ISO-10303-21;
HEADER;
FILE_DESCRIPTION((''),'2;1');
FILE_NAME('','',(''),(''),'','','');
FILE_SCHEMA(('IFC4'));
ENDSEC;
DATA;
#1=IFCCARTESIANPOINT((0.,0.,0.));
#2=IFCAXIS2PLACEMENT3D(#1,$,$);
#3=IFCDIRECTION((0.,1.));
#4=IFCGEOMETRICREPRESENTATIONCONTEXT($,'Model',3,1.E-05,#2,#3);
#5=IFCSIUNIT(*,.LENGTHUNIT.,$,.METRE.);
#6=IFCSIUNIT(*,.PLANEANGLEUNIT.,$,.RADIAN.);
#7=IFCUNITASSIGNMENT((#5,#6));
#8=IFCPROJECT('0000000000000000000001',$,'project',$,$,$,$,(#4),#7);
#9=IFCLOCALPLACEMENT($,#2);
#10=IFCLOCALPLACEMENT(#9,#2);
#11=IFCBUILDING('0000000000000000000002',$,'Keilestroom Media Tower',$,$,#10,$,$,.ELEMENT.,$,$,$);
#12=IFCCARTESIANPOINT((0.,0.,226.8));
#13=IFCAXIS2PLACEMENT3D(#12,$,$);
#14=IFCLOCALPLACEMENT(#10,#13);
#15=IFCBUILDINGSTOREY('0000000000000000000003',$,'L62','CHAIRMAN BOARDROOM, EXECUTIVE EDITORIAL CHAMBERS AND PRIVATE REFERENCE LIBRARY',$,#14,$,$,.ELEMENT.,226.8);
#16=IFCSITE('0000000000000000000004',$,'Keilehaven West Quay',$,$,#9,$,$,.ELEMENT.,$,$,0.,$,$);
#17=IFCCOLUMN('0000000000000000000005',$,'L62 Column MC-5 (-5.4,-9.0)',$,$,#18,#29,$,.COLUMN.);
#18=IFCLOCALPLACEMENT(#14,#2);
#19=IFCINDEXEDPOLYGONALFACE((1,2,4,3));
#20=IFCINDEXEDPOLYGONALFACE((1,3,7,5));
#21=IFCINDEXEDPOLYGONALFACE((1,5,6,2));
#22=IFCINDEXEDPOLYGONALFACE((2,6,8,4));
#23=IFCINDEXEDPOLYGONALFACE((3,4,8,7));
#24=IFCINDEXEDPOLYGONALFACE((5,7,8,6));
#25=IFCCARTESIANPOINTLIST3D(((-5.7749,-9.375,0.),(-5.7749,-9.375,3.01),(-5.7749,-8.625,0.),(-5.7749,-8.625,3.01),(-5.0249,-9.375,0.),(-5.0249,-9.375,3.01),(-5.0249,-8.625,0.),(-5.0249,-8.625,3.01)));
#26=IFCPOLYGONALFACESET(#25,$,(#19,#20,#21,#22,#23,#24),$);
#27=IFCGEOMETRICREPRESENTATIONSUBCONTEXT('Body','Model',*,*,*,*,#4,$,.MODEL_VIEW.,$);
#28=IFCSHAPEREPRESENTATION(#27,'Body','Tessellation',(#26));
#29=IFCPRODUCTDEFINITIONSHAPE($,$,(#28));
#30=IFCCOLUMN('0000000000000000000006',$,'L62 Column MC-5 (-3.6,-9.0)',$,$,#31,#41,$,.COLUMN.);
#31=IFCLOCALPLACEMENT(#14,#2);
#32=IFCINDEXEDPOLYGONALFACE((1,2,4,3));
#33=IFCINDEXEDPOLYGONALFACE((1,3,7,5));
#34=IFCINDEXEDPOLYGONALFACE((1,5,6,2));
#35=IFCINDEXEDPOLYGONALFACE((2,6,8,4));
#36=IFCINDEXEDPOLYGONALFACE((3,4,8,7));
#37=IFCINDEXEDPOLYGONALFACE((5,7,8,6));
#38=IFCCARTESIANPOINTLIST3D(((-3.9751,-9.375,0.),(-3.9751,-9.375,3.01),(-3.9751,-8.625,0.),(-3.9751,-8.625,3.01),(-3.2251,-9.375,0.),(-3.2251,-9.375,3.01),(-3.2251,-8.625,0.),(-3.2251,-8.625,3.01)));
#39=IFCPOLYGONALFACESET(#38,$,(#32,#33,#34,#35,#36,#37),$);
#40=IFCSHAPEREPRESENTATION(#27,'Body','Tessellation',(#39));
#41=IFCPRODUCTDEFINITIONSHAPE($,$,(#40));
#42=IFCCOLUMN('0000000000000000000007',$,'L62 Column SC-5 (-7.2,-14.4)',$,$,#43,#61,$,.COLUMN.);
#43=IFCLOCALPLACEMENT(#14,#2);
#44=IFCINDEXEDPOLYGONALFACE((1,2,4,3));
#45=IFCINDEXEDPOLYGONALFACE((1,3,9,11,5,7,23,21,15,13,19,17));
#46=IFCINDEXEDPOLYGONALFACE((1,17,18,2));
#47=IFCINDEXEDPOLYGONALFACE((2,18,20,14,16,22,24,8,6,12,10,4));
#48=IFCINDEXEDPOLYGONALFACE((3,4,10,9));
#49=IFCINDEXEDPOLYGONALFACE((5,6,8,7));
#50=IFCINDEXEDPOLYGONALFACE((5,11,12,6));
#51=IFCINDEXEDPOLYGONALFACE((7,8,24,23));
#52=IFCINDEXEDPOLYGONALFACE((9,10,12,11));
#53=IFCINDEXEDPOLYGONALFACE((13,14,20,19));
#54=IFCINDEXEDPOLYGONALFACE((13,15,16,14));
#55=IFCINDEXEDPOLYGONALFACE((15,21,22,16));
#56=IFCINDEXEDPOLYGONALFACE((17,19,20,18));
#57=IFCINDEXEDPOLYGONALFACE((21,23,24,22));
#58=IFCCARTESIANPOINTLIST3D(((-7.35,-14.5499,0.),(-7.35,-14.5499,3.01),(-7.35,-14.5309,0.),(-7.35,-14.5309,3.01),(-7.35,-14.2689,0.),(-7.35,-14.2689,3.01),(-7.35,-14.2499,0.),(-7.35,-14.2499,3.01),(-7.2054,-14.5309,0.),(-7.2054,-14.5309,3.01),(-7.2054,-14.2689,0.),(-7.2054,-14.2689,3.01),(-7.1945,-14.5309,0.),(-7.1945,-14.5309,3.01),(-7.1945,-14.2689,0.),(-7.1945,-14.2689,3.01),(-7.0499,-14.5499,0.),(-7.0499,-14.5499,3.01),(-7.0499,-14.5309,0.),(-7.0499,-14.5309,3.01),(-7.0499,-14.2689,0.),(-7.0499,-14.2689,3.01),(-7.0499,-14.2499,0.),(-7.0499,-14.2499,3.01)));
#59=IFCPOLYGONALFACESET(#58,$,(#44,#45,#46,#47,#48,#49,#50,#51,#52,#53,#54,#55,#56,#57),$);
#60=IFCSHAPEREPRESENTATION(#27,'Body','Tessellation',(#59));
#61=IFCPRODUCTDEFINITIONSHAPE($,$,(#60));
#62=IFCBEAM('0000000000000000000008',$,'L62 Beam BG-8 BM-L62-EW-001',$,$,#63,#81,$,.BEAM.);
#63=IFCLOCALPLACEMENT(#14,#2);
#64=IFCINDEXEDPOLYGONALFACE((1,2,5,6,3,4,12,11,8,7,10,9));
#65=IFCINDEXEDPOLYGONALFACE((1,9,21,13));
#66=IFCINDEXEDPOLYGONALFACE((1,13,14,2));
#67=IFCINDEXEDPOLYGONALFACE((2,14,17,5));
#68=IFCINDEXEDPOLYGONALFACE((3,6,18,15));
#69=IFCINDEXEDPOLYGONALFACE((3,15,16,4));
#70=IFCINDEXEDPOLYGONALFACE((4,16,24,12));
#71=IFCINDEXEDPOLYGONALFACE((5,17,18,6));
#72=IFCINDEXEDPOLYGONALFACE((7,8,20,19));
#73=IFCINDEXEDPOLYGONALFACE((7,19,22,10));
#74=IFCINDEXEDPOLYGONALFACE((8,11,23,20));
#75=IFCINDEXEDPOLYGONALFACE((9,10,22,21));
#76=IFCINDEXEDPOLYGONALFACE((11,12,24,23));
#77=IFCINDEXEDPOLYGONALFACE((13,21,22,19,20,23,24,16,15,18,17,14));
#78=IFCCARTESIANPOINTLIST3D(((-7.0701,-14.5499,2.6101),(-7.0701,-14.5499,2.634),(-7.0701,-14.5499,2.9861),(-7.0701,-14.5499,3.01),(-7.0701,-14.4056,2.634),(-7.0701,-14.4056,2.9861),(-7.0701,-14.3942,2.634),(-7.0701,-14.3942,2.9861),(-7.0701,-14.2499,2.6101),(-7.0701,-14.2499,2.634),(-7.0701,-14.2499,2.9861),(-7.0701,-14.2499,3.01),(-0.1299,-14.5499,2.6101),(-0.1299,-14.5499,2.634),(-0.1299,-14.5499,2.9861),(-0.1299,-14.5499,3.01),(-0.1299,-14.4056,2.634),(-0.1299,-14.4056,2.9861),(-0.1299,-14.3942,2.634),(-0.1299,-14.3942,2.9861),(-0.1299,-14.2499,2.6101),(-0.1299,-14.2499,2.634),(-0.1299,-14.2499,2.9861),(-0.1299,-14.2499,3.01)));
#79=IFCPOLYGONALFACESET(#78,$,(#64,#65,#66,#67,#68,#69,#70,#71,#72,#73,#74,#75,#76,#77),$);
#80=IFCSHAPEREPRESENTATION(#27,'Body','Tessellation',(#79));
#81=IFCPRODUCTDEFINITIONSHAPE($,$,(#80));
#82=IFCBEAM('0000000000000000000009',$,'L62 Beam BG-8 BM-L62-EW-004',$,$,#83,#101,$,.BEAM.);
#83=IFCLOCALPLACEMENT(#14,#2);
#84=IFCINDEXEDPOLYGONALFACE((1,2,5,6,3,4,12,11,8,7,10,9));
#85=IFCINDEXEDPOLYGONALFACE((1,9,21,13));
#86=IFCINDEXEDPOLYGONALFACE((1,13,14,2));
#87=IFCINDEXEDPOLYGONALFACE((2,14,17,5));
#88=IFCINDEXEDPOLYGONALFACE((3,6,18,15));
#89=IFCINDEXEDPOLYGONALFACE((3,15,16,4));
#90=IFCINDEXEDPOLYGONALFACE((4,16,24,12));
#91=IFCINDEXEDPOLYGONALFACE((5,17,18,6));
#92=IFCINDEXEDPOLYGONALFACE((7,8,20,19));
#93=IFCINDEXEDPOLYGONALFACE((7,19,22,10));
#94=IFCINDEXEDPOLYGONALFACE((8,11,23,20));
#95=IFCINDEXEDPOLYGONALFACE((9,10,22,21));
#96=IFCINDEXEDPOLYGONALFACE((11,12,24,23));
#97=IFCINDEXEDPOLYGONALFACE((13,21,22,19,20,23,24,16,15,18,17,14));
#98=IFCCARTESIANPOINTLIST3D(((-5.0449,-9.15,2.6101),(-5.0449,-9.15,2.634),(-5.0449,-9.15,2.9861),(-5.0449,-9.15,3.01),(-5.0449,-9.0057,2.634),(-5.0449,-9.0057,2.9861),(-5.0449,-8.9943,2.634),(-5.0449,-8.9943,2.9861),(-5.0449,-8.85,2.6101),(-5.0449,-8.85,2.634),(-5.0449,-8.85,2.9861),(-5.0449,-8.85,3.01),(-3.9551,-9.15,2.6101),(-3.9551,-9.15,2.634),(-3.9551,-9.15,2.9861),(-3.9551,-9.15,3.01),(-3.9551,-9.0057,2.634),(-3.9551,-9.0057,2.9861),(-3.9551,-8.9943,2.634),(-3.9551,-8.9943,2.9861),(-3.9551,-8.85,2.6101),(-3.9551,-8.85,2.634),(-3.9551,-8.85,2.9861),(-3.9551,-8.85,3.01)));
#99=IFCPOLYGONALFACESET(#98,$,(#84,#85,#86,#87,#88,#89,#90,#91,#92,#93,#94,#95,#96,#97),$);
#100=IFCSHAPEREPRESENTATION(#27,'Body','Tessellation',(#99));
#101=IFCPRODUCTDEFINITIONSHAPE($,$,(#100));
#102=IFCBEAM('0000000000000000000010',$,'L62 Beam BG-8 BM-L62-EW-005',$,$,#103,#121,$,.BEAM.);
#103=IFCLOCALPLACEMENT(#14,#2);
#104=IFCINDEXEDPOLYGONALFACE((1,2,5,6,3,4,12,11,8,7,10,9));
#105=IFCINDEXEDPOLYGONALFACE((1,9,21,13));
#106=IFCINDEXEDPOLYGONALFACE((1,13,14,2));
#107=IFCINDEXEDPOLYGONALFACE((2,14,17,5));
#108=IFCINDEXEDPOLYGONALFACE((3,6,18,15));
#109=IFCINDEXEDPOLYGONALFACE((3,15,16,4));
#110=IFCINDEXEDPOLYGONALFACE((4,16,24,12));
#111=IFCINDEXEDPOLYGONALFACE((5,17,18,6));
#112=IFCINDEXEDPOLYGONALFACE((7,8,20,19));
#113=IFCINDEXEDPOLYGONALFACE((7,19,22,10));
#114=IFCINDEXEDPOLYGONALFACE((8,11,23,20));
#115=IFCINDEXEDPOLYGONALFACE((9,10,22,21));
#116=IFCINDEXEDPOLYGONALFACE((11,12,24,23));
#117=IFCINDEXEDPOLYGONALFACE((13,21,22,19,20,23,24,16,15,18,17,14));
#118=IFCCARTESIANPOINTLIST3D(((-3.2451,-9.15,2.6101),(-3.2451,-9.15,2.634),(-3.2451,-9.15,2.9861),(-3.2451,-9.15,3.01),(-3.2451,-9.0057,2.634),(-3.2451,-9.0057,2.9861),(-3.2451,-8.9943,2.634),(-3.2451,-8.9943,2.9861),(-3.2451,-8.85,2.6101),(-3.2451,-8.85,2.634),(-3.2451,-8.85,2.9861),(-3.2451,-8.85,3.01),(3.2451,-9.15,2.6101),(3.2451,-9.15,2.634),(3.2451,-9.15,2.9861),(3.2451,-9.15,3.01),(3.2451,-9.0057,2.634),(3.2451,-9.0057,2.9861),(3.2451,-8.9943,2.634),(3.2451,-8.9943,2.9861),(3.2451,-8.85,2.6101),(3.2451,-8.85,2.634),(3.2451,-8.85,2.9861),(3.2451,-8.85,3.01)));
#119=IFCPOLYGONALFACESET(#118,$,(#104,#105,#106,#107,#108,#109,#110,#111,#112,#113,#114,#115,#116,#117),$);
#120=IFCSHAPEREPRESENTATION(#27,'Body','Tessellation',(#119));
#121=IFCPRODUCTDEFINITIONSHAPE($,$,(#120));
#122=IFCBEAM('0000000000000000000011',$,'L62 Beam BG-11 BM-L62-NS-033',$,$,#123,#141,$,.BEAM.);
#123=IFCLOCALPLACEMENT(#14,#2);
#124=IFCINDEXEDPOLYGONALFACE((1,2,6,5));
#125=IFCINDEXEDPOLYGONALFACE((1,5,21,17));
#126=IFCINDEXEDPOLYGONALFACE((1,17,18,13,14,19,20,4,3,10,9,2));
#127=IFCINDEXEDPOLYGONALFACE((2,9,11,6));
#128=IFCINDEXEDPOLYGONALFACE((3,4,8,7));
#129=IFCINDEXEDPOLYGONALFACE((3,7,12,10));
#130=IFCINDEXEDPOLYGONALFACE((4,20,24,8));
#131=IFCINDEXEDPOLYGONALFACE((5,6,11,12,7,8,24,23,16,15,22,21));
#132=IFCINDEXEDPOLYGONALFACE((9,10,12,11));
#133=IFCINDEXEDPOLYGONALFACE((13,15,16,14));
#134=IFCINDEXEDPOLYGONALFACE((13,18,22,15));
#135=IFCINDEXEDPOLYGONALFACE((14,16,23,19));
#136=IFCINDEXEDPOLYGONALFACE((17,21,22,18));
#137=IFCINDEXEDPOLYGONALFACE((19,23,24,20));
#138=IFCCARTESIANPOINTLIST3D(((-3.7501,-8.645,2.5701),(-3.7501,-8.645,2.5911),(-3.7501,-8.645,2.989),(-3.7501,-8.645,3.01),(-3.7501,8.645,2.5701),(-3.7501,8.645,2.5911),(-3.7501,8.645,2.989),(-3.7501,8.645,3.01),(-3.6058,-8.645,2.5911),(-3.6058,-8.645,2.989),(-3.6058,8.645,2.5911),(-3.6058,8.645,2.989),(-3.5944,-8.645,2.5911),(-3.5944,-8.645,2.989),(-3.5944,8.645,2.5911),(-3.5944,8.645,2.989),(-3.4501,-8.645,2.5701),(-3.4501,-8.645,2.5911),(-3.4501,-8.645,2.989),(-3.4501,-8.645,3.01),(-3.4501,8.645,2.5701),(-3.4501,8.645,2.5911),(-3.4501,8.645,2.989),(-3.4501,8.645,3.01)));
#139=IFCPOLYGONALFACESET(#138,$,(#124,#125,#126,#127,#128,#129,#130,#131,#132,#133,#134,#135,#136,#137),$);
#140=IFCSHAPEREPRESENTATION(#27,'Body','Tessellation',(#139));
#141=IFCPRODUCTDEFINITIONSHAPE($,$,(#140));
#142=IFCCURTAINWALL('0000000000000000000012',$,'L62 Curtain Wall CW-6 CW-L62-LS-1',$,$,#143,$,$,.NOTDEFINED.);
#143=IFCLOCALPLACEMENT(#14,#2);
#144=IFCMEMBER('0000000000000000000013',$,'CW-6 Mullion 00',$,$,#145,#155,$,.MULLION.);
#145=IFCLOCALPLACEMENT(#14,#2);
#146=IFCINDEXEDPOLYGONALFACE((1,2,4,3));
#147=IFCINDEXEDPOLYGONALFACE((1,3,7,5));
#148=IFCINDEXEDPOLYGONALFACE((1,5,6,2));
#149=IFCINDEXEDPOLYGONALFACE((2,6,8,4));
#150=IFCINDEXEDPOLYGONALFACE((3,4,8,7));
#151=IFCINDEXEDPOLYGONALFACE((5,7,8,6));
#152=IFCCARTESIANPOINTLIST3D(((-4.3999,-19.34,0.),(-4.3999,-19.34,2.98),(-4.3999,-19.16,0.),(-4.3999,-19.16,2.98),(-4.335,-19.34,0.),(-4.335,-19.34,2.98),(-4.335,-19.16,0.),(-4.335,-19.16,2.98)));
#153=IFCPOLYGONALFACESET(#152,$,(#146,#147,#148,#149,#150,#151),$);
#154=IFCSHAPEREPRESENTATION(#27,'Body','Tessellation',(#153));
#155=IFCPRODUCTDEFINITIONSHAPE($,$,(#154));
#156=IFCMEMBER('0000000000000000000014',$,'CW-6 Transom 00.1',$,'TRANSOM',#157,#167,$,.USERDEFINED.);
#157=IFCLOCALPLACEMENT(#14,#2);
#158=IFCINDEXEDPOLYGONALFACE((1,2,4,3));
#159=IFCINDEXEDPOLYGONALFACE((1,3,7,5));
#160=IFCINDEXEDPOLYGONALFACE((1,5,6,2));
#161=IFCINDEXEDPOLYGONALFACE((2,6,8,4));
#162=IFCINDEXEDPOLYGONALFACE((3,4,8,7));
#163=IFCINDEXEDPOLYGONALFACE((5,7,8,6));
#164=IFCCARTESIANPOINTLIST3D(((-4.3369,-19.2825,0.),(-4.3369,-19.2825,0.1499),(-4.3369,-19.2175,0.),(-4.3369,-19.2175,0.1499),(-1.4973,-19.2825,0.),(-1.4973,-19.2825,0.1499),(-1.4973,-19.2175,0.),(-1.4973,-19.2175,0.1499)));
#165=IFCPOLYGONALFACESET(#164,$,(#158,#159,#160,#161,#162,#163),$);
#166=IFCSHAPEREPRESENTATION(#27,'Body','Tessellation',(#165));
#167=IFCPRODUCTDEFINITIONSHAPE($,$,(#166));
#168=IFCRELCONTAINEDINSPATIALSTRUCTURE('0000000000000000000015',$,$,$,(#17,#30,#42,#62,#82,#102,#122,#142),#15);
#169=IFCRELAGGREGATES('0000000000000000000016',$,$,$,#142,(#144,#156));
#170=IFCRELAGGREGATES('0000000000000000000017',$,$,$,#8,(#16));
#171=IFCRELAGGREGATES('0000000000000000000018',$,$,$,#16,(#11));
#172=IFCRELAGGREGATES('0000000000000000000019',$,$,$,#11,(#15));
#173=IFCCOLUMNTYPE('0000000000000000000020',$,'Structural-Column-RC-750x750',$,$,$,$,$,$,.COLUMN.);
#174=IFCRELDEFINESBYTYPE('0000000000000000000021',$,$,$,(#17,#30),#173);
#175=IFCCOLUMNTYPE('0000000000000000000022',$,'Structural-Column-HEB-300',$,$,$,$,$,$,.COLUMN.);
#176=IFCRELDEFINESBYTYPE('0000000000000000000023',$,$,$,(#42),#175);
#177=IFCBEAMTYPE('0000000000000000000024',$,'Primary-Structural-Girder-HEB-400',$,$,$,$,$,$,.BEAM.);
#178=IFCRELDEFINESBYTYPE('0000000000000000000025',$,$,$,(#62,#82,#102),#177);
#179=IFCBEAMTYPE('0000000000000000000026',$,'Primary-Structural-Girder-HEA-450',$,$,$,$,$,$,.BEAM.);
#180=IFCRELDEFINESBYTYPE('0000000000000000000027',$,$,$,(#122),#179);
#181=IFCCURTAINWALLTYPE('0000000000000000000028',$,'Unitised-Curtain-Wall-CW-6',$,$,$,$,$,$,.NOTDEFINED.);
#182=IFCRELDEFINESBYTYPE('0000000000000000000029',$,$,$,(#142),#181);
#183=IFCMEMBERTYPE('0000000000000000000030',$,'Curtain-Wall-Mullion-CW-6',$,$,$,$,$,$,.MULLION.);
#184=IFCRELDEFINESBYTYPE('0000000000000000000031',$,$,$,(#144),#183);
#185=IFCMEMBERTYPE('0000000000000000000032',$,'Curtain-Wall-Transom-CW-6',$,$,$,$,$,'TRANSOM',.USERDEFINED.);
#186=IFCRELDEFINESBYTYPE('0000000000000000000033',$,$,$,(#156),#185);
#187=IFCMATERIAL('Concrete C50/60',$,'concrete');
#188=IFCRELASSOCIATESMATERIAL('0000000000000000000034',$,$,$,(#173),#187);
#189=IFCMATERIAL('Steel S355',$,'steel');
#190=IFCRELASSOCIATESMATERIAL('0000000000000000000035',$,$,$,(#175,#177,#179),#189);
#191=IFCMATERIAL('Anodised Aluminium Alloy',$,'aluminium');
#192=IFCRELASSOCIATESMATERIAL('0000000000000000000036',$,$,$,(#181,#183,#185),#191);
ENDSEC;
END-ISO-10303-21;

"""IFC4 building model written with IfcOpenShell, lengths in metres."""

from ifc_helpers import new_model, si_unit, direction, frame, origin, origin_2d, place, context, subcontext, project, spatial, rectangle, i_section, extrude, source, transform, mapped, material, material_profile, profile_set, type_object, element, aggregate, save


model = new_model("IFC4")

# Units and contexts
model_context = context("Model", 3, precision=1e-05, world=origin(), true_north=direction((0.0, 1.0)))
body_context = subcontext(model_context, "Body", "Model", "MODEL_VIEW")
ifc_project = project(units=[si_unit("LENGTHUNIT", "METRE"), si_unit("PLANEANGLEUNIT", "RADIAN")], contexts=[model_context])

# Site, building, storey
site_placement = place(None, origin())
site = spatial("IfcSite", under=ifc_project, at=site_placement, Name="Keilehaven West Quay", CompositionType="ELEMENT", RefElevation=0.0)
building_placement = place(site_placement, origin())
building = spatial("IfcBuilding", under=site, at=building_placement, Name="Keilestroom Media Tower", CompositionType="ELEMENT")
storey_placement = place(building_placement, frame((0.0, 0.0, 226.8)))
storey = spatial("IfcBuildingStorey", under=building, at=storey_placement, Name="L62", Description="CHAIRMAN BOARDROOM, EXECUTIVE EDITORIAL CHAMBERS AND PRIVATE REFERENCE LIBRARY", CompositionType="ELEMENT", Elevation=226.8)

# Columns
ifc_material_1 = material(Name="Concrete C50/60", Category="concrete")
ifc_material_profile_1 = material_profile(ifc_material_1, rectangle(XDim=0.75, YDim=0.75, at=origin_2d()), Name="RC 750x750")
ifc_profile_set_1 = profile_set([ifc_material_profile_1], Name="Concrete C50/60")
column_type_1 = type_object("IfcColumnType", Name="Structural-Column-RC-750x750", PredefinedType="COLUMN", material=ifc_profile_set_1)
shared_shape_1 = source(origin(), body_context, "Body", "SweptSolid", [
    extrude(rectangle(XDim=0.75, YDim=0.75, at=origin_2d()), origin(), (0.0, 0.0, 1.0), 3.01),
])
for number, where, z_axis, x_axis, name in (
    (1, (-5.3999, -9.0, 0.0), (0.0, 0.0, 1.0), (1.0, 0.0, 0.0), "L62 Column MC-5 (-5.4,-9.0)"),
    (2, (-3.6001, -9.0, 0.0), (0.0, 0.0, 1.0), (1.0, 0.0, 0.0), "L62 Column MC-5 (-3.6,-9.0)"),
):
    element("IfcColumn", number, at=place(storey_placement, frame(where, z_axis=z_axis, x_axis=x_axis)), inside=storey, type_object=column_type_1, Name=name, PredefinedType="COLUMN", context=body_context, shape_type="MappedRepresentation", body=[
        mapped(shared_shape_1, transform((0.0, 0.0, 0.0), x_axis=(1.0, 0.0, 0.0), y_axis=(0.0, 1.0, 0.0), z_axis=(0.0, 0.0, 1.0), scale=1.0)),
    ])
ifc_material_2 = material(Name="Steel S355", Category="steel")
ifc_material_profile_2 = material_profile(ifc_material_2, i_section(OverallWidth=0.3, OverallDepth=0.3, WebThickness=0.011, FlangeThickness=0.019, at=origin_2d()), Name="HEB 300")
ifc_profile_set_2 = profile_set([ifc_material_profile_2], Name="Steel S355")
column_type_2 = type_object("IfcColumnType", Name="Structural-Column-HEB-300", PredefinedType="COLUMN", material=ifc_profile_set_2)
shared_shape_2 = source(origin(), body_context, "Body", "SweptSolid", [
    extrude(i_section(OverallWidth=0.3, OverallDepth=0.3, WebThickness=0.011, FlangeThickness=0.019, at=origin_2d()), origin(), (0.0, 0.0, 1.0), 3.01),
])
column_placement = place(storey_placement, frame((-7.2, -14.3999, 0.0), z_axis=(0.0, 0.0, 1.0), x_axis=(1.0, 0.0, 0.0)))
element("IfcColumn", 3, at=column_placement, inside=storey, type_object=column_type_2, Name="L62 Column SC-5 (-7.2,-14.4)", PredefinedType="COLUMN", context=body_context, shape_type="MappedRepresentation", body=[
    mapped(shared_shape_2, transform((0.0, 0.0, 0.0), x_axis=(1.0, 0.0, 0.0), y_axis=(0.0, 1.0, 0.0), z_axis=(0.0, 0.0, 1.0), scale=1.0)),
])

# Beams
ifc_material_profile_3 = material_profile(ifc_material_2, i_section(OverallWidth=0.3, OverallDepth=0.3999, WebThickness=0.0115, FlangeThickness=0.0239, at=origin_2d()), Name="HEB 400")
ifc_profile_set_3 = profile_set([ifc_material_profile_3], Name="Steel S355")
beam_type_1 = type_object("IfcBeamType", Name="Primary-Structural-Girder-HEB-400", PredefinedType="BEAM", material=ifc_profile_set_3)
shared_shape_3 = source(origin(), body_context, "Body", "SweptSolid", [
    extrude(i_section(OverallWidth=0.3, OverallDepth=0.3999, WebThickness=0.0115, FlangeThickness=0.0239, at=origin_2d()), origin(), (0.0, 0.0, 1.0), 6.9402),
])
beam_1_placement = place(storey_placement, frame((-7.0701, -14.3999, 2.8101), z_axis=(1.0, 0.0, 0.0), x_axis=(0.0, 1.0, 0.0)))
element("IfcBeam", 4, at=beam_1_placement, inside=storey, type_object=beam_type_1, Name="L62 Beam BG-8 BM-L62-EW-001", PredefinedType="BEAM", context=body_context, shape_type="MappedRepresentation", body=[
    mapped(shared_shape_3, transform((0.0, 0.0, 0.0), x_axis=(1.0, 0.0, 0.0), y_axis=(0.0, 1.0, 0.0), z_axis=(0.0, 0.0, 1.0), scale=1.0)),
])
shared_shape_4 = source(origin(), body_context, "Body", "SweptSolid", [
    extrude(i_section(OverallWidth=0.3, OverallDepth=0.3999, WebThickness=0.0115, FlangeThickness=0.0239, at=origin_2d()), origin(), (0.0, 0.0, 1.0), 1.0898),
])
beam_2_placement = place(storey_placement, frame((-5.0449, -9.0, 2.8101), z_axis=(1.0, 0.0, 0.0), x_axis=(0.0, 1.0, 0.0)))
element("IfcBeam", 5, at=beam_2_placement, inside=storey, type_object=beam_type_1, Name="L62 Beam BG-8 BM-L62-EW-004", PredefinedType="BEAM", context=body_context, shape_type="MappedRepresentation", body=[
    mapped(shared_shape_4, transform((0.0, 0.0, 0.0), x_axis=(1.0, 0.0, 0.0), y_axis=(0.0, 1.0, 0.0), z_axis=(0.0, 0.0, 1.0), scale=1.0)),
])
shared_shape_5 = source(origin(), body_context, "Body", "SweptSolid", [
    extrude(i_section(OverallWidth=0.3, OverallDepth=0.3999, WebThickness=0.0115, FlangeThickness=0.0239, at=origin_2d()), origin(), (0.0, 0.0, 1.0), 6.4902),
])
beam_3_placement = place(storey_placement, frame((-3.2451, -9.0, 2.8101), z_axis=(1.0, 0.0, 0.0), x_axis=(0.0, 1.0, 0.0)))
element("IfcBeam", 6, at=beam_3_placement, inside=storey, type_object=beam_type_1, Name="L62 Beam BG-8 BM-L62-EW-005", PredefinedType="BEAM", context=body_context, shape_type="MappedRepresentation", body=[
    mapped(shared_shape_5, transform((0.0, 0.0, 0.0), x_axis=(1.0, 0.0, 0.0), y_axis=(0.0, 1.0, 0.0), z_axis=(0.0, 0.0, 1.0), scale=1.0)),
])
ifc_material_profile_4 = material_profile(ifc_material_2, i_section(OverallWidth=0.3, OverallDepth=0.4399, WebThickness=0.0115, FlangeThickness=0.021, at=origin_2d()), Name="HEA 450")
ifc_profile_set_4 = profile_set([ifc_material_profile_4], Name="Steel S355")
beam_type_2 = type_object("IfcBeamType", Name="Primary-Structural-Girder-HEA-450", PredefinedType="BEAM", material=ifc_profile_set_4)
shared_shape_6 = source(origin(), body_context, "Body", "SweptSolid", [
    extrude(i_section(OverallWidth=0.3, OverallDepth=0.4399, WebThickness=0.0115, FlangeThickness=0.021, at=origin_2d()), origin(), (0.0, 0.0, 1.0), 17.29),
])
beam_4_placement = place(storey_placement, frame((-3.6001, -8.645, 2.79), z_axis=(0.0, 1.0, 0.0), x_axis=(-1.0, 0.0, 0.0)))
element("IfcBeam", 7, at=beam_4_placement, inside=storey, type_object=beam_type_2, Name="L62 Beam BG-11 BM-L62-NS-033", PredefinedType="BEAM", context=body_context, shape_type="MappedRepresentation", body=[
    mapped(shared_shape_6, transform((0.0, 0.0, 0.0), x_axis=(1.0, 0.0, 0.0), y_axis=(0.0, 1.0, 0.0), z_axis=(0.0, 0.0, 1.0), scale=1.0)),
])

# Curtain wall, members
ifc_material_3 = material(Name="Anodised Aluminium Alloy", Category="aluminium")
curtain_wall_type = type_object("IfcCurtainWallType", Name="Unitised-Curtain-Wall-CW-6", PredefinedType="NOTDEFINED", material=ifc_material_3)
curtain_wall_placement = place(storey_placement, origin())
curtain_wall = element("IfcCurtainWall", 8, at=curtain_wall_placement, inside=storey, type_object=curtain_wall_type, Name="L62 Curtain Wall CW-6 CW-L62-LS-1", PredefinedType="NOTDEFINED")
ifc_material_profile_5 = material_profile(ifc_material_3, rectangle(XDim=0.0649, YDim=0.1799, at=origin_2d()), Name="ALU MULLION 65x180")
ifc_profile_set_5 = profile_set([ifc_material_profile_5], Name="Anodised Aluminium Alloy")
member_type_1 = type_object("IfcMemberType", Name="Curtain-Wall-Mullion-CW-6", PredefinedType="MULLION", material=ifc_profile_set_5)
shared_shape_7 = source(origin(), body_context, "Body", "SweptSolid", [
    extrude(rectangle(XDim=0.0649, YDim=0.1799, at=origin_2d()), origin(), (0.0, 0.0, 1.0), 2.98),
])
member_1_placement = place(storey_placement, frame((-4.3674, -19.25, 0.0), z_axis=(0.0, 0.0, 1.0), x_axis=(1.0, 0.0, 0.0)))
member_1 = element("IfcMember", 9, at=member_1_placement, type_object=member_type_1, Name="CW-6 Mullion 00", PredefinedType="MULLION", context=body_context, shape_type="MappedRepresentation", body=[
    mapped(shared_shape_7, transform((0.0, 0.0, 0.0), x_axis=(1.0, 0.0, 0.0), y_axis=(0.0, 1.0, 0.0), z_axis=(0.0, 0.0, 1.0), scale=1.0)),
])
ifc_material_profile_6 = material_profile(ifc_material_3, rectangle(XDim=0.0649, YDim=0.1499, at=origin_2d()), Name="ALU TRANSOM 65x150")
ifc_profile_set_6 = profile_set([ifc_material_profile_6], Name="Anodised Aluminium Alloy")
member_type_2 = type_object("IfcMemberType", Name="Curtain-Wall-Transom-CW-6", ElementType="TRANSOM", PredefinedType="USERDEFINED", material=ifc_profile_set_6)
shared_shape_8 = source(origin(), body_context, "Body", "SweptSolid", [
    extrude(rectangle(XDim=0.0649, YDim=0.1499, at=origin_2d()), origin(), (0.0, 0.0, 1.0), 2.8396),
])
member_2_placement = place(storey_placement, frame((-4.3369, -19.25, 0.075), z_axis=(1.0, 0.0, 0.0), x_axis=(0.0, 1.0, 0.0)))
member_2 = element("IfcMember", 10, at=member_2_placement, type_object=member_type_2, Name="CW-6 Transom 00.1", ObjectType="TRANSOM", PredefinedType="USERDEFINED", context=body_context, shape_type="MappedRepresentation", body=[
    mapped(shared_shape_8, transform((0.0, 0.0, 0.0), x_axis=(1.0, 0.0, 0.0), y_axis=(0.0, 1.0, 0.0), z_axis=(0.0, 0.0, 1.0), scale=1.0)),
])
aggregate(curtain_wall, [member_1, member_2])

save(model, "model.ifc")
